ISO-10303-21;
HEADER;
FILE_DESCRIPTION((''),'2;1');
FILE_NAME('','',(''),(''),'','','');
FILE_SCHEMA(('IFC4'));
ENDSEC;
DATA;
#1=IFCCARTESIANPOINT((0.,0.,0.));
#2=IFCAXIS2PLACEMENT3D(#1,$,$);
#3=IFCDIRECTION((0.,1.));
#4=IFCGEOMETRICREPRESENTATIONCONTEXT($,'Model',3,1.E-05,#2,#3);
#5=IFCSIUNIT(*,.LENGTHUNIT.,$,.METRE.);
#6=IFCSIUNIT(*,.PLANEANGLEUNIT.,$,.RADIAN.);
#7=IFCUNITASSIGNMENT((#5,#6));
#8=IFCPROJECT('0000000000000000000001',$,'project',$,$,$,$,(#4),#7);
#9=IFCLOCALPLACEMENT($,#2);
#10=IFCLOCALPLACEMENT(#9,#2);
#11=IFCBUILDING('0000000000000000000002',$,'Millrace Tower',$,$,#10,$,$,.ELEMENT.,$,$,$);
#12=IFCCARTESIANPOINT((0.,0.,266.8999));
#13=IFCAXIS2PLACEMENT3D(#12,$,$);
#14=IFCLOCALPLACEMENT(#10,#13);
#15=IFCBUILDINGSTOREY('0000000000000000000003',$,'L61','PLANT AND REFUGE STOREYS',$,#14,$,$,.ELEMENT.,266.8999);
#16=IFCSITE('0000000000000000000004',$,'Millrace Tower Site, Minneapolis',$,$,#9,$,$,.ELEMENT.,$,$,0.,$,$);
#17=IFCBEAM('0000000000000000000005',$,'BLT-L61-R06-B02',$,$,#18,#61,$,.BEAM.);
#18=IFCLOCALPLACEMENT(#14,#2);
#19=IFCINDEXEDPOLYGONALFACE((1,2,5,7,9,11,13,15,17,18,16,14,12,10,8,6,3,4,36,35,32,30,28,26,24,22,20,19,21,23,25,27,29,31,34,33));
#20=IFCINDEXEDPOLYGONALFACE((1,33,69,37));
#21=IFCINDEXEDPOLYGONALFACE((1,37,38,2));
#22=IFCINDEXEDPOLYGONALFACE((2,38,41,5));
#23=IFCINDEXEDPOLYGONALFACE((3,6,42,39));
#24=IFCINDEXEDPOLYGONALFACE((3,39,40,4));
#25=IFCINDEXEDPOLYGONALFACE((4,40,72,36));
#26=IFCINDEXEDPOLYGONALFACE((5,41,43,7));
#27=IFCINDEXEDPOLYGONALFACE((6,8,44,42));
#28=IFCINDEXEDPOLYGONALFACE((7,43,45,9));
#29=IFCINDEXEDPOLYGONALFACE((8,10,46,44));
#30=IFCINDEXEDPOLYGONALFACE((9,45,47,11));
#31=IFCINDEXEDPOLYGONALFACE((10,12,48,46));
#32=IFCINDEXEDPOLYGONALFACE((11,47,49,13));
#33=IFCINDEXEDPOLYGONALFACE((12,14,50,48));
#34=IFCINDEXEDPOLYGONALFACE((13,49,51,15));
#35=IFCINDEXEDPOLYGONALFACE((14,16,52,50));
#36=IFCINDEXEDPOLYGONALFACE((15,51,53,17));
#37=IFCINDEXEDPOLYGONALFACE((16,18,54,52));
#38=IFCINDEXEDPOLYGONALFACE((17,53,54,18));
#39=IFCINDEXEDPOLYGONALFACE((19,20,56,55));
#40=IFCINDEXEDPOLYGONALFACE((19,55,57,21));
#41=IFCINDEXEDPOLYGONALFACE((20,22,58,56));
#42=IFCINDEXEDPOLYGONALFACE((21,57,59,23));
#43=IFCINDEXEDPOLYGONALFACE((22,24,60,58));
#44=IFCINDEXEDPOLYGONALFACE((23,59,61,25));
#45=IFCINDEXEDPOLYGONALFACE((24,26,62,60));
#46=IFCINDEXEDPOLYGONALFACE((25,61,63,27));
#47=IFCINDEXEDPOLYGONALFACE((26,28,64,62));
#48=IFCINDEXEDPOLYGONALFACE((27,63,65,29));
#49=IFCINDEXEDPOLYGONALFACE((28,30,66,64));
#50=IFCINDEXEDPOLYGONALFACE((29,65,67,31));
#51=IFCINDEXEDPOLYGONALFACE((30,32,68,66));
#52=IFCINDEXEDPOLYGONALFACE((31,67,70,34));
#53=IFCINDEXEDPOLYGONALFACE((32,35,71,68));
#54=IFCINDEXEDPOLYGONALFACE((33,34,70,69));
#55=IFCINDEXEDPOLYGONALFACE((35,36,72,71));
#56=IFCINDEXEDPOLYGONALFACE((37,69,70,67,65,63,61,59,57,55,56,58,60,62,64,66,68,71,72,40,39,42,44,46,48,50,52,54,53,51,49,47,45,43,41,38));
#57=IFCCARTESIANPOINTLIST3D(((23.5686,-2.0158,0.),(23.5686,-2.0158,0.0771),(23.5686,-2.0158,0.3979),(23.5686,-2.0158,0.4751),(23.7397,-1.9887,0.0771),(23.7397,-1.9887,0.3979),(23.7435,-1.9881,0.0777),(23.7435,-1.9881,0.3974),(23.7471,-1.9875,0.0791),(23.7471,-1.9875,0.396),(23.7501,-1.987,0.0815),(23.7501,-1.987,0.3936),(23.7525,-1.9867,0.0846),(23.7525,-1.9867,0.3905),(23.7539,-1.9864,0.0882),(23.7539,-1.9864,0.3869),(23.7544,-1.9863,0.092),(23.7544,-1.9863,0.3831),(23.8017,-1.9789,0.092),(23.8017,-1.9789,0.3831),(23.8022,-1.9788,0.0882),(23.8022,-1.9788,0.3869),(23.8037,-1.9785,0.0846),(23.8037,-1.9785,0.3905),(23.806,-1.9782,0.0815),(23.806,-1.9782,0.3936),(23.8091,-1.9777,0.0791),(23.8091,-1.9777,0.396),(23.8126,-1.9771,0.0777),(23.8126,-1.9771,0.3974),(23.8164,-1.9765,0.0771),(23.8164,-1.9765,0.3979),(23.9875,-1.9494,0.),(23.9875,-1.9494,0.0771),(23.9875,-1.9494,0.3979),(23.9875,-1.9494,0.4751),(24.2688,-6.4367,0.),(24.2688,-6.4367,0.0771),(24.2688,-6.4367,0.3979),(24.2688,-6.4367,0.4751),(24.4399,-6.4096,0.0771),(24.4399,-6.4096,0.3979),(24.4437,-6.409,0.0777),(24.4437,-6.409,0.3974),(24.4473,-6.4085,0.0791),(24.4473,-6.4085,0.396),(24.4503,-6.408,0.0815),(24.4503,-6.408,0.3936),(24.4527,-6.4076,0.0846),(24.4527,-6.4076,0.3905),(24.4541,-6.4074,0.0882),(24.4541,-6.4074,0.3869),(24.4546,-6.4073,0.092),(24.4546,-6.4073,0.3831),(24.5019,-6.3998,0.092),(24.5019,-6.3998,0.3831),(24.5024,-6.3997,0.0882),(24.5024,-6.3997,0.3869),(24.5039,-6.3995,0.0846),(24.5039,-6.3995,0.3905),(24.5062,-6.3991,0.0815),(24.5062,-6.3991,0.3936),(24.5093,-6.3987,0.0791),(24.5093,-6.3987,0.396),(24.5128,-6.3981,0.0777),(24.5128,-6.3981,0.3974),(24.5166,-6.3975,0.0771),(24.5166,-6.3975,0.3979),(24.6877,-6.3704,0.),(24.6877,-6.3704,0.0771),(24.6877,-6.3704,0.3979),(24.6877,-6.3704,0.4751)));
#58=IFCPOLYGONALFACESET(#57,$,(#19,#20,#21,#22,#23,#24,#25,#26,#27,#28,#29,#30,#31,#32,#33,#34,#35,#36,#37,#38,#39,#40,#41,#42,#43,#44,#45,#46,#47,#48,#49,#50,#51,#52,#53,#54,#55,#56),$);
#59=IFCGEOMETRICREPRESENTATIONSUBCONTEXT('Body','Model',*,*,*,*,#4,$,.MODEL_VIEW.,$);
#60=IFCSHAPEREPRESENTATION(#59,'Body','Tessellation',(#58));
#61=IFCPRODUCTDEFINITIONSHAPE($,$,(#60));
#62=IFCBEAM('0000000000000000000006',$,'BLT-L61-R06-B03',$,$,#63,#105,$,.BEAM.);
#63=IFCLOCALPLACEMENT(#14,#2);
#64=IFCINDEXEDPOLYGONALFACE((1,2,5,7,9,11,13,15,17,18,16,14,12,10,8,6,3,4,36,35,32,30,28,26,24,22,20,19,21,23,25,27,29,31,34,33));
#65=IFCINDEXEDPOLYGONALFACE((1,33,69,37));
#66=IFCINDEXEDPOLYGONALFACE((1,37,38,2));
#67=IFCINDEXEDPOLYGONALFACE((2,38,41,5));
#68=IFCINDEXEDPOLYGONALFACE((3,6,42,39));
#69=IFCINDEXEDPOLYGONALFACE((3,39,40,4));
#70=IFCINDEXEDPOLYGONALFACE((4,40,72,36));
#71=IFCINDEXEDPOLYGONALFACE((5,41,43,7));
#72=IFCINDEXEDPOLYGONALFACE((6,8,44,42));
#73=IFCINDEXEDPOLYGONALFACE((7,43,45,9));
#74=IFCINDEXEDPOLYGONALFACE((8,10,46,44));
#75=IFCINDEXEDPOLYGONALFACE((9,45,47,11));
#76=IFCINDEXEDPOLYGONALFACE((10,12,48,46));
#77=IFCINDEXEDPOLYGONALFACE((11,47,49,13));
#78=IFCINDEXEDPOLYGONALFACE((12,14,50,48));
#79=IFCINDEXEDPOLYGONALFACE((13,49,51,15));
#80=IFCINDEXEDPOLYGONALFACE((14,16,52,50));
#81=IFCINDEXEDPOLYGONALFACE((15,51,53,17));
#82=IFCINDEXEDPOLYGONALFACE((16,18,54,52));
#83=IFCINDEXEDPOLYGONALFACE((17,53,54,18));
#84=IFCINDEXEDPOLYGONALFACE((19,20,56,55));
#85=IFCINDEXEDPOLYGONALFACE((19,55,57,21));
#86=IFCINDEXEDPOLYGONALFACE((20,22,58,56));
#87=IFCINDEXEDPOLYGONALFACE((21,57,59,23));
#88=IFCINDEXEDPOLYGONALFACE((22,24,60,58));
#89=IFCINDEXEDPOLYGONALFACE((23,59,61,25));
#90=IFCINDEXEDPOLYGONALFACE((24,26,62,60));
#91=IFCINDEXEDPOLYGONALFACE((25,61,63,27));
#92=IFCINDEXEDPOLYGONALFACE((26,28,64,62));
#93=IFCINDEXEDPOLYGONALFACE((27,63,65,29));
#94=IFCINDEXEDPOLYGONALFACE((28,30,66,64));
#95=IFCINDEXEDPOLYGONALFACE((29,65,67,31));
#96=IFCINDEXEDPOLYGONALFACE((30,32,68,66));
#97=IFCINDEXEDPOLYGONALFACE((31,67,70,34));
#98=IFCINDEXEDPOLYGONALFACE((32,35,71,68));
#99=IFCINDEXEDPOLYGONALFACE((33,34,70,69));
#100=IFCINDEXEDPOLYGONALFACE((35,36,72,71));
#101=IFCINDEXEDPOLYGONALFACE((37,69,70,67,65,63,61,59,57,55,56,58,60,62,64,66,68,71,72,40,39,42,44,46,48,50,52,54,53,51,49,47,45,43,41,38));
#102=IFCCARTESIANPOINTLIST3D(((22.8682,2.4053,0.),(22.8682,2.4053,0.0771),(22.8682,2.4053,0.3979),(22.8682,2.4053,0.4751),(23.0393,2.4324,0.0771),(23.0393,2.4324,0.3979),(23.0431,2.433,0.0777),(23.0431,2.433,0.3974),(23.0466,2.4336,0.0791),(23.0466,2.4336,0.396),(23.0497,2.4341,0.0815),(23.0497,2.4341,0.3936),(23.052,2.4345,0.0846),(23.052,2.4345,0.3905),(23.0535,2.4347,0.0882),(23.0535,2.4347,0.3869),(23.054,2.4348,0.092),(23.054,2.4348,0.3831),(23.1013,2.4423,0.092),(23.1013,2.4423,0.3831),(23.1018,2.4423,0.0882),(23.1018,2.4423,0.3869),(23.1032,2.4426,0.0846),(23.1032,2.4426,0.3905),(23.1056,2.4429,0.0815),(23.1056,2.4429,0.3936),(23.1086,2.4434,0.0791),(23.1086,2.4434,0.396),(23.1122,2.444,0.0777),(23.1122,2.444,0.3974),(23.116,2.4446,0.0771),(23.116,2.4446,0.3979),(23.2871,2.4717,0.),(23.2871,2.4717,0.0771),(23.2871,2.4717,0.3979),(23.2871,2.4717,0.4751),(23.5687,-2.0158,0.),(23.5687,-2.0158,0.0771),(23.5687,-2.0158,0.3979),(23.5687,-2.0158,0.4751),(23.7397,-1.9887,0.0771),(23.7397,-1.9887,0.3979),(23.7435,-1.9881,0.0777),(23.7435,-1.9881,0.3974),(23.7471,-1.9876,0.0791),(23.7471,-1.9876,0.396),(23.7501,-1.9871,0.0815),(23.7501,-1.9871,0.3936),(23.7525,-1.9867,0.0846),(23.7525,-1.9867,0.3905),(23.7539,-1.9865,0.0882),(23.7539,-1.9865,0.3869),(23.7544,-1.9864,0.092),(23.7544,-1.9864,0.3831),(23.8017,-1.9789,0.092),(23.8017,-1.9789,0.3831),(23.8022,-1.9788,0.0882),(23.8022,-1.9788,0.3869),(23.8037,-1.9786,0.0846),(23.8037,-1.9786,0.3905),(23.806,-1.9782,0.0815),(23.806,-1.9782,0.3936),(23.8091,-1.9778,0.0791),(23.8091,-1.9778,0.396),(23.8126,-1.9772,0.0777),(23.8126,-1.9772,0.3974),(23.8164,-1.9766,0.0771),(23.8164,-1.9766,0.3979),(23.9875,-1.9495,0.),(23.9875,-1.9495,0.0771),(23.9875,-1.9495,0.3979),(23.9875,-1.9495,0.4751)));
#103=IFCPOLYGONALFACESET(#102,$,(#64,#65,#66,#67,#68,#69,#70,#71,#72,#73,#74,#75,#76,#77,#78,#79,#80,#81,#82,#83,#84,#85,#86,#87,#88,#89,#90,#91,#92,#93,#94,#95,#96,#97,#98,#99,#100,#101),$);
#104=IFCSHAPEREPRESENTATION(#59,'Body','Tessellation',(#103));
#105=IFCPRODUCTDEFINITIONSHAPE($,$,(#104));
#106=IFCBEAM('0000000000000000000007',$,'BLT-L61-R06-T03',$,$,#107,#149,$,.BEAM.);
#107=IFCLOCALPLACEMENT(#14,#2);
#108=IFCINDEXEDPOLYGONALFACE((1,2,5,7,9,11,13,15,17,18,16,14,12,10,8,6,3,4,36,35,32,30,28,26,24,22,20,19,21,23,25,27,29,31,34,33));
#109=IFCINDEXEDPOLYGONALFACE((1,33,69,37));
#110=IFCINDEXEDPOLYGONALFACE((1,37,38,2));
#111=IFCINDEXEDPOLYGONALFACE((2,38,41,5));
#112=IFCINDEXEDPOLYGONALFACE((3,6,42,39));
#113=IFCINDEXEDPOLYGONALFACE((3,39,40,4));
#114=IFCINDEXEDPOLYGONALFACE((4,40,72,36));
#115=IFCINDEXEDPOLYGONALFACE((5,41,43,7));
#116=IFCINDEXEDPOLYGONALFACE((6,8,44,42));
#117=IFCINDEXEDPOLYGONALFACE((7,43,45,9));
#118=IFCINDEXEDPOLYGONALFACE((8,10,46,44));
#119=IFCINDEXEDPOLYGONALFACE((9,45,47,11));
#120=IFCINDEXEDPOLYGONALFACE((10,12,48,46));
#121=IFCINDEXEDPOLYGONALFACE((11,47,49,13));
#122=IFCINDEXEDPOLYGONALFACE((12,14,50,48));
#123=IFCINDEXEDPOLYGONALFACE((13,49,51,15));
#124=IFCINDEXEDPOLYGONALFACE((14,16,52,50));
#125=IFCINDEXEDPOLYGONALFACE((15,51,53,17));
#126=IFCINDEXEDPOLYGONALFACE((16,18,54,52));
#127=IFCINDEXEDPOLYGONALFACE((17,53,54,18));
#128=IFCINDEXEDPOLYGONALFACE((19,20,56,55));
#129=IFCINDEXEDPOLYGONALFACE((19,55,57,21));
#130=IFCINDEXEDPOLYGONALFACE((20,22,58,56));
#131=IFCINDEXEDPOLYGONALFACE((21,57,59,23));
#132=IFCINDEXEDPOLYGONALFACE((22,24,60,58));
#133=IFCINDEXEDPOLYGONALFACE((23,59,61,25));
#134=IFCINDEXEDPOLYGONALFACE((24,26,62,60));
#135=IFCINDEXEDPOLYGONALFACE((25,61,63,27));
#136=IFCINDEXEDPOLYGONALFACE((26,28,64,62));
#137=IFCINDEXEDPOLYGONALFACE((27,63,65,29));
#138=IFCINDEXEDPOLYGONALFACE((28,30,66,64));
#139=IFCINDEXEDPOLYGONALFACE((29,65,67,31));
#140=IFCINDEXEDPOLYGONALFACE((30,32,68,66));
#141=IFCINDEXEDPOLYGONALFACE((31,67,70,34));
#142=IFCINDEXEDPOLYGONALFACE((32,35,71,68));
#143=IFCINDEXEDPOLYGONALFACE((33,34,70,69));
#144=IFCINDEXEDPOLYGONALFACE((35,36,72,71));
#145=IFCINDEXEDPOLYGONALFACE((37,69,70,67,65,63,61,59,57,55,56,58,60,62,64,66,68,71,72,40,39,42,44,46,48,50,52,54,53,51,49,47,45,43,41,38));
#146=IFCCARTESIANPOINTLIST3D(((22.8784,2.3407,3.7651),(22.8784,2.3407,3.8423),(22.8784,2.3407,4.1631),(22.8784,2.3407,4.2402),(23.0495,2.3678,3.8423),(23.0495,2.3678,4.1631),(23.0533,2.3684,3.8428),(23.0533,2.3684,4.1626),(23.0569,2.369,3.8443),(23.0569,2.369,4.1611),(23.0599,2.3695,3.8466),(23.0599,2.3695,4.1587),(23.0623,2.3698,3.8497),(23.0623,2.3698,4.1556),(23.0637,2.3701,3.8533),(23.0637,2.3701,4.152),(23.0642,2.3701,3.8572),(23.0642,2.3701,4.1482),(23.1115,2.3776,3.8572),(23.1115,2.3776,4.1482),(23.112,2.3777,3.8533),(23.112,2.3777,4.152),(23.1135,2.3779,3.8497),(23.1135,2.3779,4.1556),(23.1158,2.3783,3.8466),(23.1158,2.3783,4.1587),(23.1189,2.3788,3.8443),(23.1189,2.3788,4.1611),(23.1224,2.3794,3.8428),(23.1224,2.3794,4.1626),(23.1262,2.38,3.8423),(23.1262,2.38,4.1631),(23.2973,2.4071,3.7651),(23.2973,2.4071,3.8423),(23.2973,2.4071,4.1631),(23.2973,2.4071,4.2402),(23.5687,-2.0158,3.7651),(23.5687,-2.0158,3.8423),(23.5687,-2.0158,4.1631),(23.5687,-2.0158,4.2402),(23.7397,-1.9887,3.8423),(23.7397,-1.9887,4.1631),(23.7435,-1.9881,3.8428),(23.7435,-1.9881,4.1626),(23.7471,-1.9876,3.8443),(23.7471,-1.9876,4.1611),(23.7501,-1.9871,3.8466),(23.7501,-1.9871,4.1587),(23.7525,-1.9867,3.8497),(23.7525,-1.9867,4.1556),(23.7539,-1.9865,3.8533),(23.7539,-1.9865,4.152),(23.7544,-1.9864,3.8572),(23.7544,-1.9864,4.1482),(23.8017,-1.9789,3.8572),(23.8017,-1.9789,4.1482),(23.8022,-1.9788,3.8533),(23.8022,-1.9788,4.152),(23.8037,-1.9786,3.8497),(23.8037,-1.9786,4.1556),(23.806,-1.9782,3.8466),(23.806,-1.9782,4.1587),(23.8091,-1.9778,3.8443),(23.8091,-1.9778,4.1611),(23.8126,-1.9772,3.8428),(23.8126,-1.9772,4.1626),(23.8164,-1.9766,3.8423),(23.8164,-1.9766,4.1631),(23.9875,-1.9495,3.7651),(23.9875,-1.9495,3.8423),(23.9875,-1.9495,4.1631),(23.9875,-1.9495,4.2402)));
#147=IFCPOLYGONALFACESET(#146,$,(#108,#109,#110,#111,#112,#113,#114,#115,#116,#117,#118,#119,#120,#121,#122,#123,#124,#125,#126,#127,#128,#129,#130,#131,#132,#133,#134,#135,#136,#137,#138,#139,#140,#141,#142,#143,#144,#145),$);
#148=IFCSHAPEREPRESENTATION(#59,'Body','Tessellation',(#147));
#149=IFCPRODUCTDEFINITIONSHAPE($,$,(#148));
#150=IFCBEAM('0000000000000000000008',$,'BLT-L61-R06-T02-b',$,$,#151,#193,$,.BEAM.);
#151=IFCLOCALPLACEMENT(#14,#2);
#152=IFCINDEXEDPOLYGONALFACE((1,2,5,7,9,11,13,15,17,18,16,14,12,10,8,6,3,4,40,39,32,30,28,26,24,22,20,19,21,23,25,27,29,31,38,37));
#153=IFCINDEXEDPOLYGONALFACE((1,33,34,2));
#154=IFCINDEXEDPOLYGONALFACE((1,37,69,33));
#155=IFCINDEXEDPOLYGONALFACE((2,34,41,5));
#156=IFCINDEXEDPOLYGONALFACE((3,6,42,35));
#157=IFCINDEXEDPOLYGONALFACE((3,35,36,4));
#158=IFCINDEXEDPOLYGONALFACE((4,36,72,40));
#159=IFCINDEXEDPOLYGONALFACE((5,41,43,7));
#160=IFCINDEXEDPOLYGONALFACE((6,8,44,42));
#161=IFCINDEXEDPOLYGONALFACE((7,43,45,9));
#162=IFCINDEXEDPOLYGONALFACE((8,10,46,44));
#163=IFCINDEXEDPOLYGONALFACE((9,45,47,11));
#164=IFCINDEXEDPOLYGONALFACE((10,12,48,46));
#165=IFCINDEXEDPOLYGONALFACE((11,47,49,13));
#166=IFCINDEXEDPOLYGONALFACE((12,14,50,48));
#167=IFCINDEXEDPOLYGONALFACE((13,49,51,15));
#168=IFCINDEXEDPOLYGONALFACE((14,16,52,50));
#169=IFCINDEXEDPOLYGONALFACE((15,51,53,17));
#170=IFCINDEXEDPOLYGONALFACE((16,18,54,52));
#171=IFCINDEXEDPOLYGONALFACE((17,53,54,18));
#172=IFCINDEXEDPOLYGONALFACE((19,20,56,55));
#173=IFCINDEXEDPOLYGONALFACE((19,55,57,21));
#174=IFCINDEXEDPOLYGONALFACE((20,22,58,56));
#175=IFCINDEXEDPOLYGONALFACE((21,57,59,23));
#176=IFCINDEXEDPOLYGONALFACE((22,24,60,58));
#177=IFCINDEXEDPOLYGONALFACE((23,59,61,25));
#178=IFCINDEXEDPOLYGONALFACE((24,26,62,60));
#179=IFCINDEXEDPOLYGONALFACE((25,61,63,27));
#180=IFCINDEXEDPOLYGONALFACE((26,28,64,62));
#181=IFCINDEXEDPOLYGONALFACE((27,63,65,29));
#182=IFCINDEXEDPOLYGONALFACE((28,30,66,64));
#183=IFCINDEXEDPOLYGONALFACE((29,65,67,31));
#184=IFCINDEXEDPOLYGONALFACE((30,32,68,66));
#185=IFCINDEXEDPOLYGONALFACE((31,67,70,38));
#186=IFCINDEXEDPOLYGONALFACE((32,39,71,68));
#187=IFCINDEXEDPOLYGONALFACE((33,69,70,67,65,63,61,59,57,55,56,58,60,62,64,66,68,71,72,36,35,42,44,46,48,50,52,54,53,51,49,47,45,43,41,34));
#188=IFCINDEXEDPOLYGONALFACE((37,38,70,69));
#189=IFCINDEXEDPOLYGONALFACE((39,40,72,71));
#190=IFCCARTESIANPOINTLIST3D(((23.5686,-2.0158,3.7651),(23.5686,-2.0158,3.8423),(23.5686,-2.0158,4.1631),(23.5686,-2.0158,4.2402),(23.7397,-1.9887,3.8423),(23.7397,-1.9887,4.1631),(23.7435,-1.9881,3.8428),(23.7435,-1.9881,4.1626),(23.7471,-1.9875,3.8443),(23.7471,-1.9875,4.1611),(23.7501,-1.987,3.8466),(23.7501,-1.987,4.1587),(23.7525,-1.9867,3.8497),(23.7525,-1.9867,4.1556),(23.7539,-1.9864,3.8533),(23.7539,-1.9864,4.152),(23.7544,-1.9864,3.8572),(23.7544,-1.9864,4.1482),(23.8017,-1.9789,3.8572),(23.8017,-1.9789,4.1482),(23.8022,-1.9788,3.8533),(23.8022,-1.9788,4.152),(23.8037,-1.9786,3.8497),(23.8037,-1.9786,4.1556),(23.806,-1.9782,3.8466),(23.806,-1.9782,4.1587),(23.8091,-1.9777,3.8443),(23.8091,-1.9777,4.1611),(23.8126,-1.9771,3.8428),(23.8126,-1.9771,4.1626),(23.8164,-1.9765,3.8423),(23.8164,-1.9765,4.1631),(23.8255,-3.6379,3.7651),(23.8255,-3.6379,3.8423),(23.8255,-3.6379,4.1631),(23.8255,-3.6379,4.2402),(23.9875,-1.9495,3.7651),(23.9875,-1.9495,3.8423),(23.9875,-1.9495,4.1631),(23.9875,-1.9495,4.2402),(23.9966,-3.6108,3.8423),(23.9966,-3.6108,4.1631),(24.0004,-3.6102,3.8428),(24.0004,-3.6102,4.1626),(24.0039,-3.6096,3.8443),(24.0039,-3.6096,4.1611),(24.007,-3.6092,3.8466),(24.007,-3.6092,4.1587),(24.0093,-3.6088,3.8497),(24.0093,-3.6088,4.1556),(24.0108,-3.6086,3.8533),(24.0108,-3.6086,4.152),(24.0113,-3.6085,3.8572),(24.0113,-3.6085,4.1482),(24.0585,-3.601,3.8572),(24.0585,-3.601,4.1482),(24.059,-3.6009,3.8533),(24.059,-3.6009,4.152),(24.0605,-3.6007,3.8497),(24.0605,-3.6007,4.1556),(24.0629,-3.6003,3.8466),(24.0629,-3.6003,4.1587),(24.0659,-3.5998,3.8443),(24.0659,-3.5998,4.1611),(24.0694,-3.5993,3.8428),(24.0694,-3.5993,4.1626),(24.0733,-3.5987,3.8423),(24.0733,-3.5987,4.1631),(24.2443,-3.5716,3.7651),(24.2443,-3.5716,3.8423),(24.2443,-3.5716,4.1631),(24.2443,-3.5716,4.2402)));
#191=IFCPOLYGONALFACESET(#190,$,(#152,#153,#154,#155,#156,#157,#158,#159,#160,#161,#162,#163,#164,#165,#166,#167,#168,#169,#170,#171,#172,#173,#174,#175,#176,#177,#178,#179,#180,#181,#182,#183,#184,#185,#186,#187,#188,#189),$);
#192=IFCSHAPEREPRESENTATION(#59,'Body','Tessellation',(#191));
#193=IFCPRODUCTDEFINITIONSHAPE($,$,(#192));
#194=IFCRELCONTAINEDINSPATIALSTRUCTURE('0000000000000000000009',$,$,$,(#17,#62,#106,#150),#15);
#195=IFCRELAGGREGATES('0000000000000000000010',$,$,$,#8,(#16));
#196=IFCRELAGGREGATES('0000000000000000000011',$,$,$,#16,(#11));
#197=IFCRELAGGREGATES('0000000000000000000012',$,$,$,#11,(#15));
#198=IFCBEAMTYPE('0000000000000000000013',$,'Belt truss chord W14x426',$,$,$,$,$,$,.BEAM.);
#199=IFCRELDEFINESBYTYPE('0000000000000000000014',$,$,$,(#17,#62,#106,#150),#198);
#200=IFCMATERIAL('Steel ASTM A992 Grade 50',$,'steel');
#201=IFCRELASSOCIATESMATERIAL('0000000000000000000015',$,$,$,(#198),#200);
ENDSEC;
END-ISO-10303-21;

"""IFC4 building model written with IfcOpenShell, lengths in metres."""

from ifc_helpers import new_model, si_unit, direction, frame, origin, origin_2d, place, context, subcontext, project, spatial, i_section, extrude, material, material_profile, profile_set, type_object, element, save


model = new_model("IFC4")

# Units and contexts
model_context = context("Model", 3, precision=1e-05, world=origin(), true_north=direction((0.0, 1.0)))
body_context = subcontext(model_context, "Body", "Model", "MODEL_VIEW")
ifc_project = project(units=[si_unit("LENGTHUNIT", "METRE"), si_unit("PLANEANGLEUNIT", "RADIAN")], contexts=[model_context])

# Site, building, storey
site_placement = place(None, origin())
site = spatial("IfcSite", under=ifc_project, at=site_placement, Name="Millrace Tower Site, Minneapolis", CompositionType="ELEMENT", RefElevation=0.0)
building_placement = place(site_placement, origin())
building = spatial("IfcBuilding", under=site, at=building_placement, Name="Millrace Tower", CompositionType="ELEMENT")
storey_placement = place(building_placement, frame((0.0, 0.0, 266.8999)))
storey = spatial("IfcBuildingStorey", under=building, at=storey_placement, Name="L61", Description="PLANT AND REFUGE STOREYS", CompositionType="ELEMENT", Elevation=266.8999)

# Beams
ifc_material_1 = material(Name="Steel ASTM A992 Grade 50", Category="steel")
ifc_material_profile_1 = material_profile(ifc_material_1, i_section(OverallWidth=0.4241, OverallDepth=0.4751, WebThickness=0.0479, FlangeThickness=0.0771, FilletRadius=0.0149, at=origin_2d()))
ifc_profile_set_1 = profile_set([ifc_material_profile_1], Name="Steel ASTM A992 Grade 50")
beam_type_1 = type_object("IfcBeamType", Name="Belt truss chord W14x426", PredefinedType="BEAM", material=ifc_profile_set_1)
beam_1_placement = place(storey_placement, frame((24.4783, -6.4036, 0.2375), z_axis=(-0.156433, 0.987689, 0.0), x_axis=(-0.987689, -0.156433, 0.0)))
element("IfcBeam", 1, at=beam_1_placement, inside=storey, type_object=beam_type_1, Name="BLT-L61-R06-B02", PredefinedType="BEAM", context=body_context, shape_type="SweptSolid", body=[
    extrude(i_section(OverallWidth=0.4241, OverallDepth=0.4751, WebThickness=0.0479, FlangeThickness=0.0771, FilletRadius=0.0149, at=origin_2d()), origin(), (0.0, 0.0, 1.0), 4.4761),
])
beam_2_placement = place(storey_placement, frame((23.7781, -1.9827, 0.2375), z_axis=(-0.156478, 0.987681, 0.0), x_axis=(-0.987681, -0.156478, 0.0)))
element("IfcBeam", 2, at=beam_2_placement, inside=storey, type_object=beam_type_1, Name="BLT-L61-R06-B03", PredefinedType="BEAM", context=body_context, shape_type="SweptSolid", body=[
    extrude(i_section(OverallWidth=0.4241, OverallDepth=0.4751, WebThickness=0.0479, FlangeThickness=0.0771, FilletRadius=0.0149, at=origin_2d()), origin(), (0.0, 0.0, 1.0), 4.4763),
])
beam_3_placement = place(storey_placement, frame((23.7781, -1.9827, 4.0027), z_axis=(-0.156477, 0.987682, 0.0), x_axis=(-0.987682, -0.156477, 0.0)))
element("IfcBeam", 3, at=beam_3_placement, inside=storey, type_object=beam_type_1, Name="BLT-L61-R06-T03", PredefinedType="BEAM", context=body_context, shape_type="SweptSolid", body=[
    extrude(i_section(OverallWidth=0.4241, OverallDepth=0.4751, WebThickness=0.0479, FlangeThickness=0.0771, FilletRadius=0.0149, at=origin_2d()), origin(), (0.0, 0.0, 1.0), 4.4109),
])
beam_4_placement = place(storey_placement, frame((24.0349, -3.6047, 4.0027), z_axis=(-0.15639, 0.987695, 0.0), x_axis=(-0.987695, -0.15639, 0.0)))
element("IfcBeam", 4, at=beam_4_placement, inside=storey, type_object=beam_type_1, Name="BLT-L61-R06-T02-b", PredefinedType="BEAM", context=body_context, shape_type="SweptSolid", body=[
    extrude(i_section(OverallWidth=0.4241, OverallDepth=0.4751, WebThickness=0.0479, FlangeThickness=0.0771, FilletRadius=0.0149, at=origin_2d()), origin(), (0.0, 0.0, 1.0), 1.6423),
])

save(model, "model.ifc")
